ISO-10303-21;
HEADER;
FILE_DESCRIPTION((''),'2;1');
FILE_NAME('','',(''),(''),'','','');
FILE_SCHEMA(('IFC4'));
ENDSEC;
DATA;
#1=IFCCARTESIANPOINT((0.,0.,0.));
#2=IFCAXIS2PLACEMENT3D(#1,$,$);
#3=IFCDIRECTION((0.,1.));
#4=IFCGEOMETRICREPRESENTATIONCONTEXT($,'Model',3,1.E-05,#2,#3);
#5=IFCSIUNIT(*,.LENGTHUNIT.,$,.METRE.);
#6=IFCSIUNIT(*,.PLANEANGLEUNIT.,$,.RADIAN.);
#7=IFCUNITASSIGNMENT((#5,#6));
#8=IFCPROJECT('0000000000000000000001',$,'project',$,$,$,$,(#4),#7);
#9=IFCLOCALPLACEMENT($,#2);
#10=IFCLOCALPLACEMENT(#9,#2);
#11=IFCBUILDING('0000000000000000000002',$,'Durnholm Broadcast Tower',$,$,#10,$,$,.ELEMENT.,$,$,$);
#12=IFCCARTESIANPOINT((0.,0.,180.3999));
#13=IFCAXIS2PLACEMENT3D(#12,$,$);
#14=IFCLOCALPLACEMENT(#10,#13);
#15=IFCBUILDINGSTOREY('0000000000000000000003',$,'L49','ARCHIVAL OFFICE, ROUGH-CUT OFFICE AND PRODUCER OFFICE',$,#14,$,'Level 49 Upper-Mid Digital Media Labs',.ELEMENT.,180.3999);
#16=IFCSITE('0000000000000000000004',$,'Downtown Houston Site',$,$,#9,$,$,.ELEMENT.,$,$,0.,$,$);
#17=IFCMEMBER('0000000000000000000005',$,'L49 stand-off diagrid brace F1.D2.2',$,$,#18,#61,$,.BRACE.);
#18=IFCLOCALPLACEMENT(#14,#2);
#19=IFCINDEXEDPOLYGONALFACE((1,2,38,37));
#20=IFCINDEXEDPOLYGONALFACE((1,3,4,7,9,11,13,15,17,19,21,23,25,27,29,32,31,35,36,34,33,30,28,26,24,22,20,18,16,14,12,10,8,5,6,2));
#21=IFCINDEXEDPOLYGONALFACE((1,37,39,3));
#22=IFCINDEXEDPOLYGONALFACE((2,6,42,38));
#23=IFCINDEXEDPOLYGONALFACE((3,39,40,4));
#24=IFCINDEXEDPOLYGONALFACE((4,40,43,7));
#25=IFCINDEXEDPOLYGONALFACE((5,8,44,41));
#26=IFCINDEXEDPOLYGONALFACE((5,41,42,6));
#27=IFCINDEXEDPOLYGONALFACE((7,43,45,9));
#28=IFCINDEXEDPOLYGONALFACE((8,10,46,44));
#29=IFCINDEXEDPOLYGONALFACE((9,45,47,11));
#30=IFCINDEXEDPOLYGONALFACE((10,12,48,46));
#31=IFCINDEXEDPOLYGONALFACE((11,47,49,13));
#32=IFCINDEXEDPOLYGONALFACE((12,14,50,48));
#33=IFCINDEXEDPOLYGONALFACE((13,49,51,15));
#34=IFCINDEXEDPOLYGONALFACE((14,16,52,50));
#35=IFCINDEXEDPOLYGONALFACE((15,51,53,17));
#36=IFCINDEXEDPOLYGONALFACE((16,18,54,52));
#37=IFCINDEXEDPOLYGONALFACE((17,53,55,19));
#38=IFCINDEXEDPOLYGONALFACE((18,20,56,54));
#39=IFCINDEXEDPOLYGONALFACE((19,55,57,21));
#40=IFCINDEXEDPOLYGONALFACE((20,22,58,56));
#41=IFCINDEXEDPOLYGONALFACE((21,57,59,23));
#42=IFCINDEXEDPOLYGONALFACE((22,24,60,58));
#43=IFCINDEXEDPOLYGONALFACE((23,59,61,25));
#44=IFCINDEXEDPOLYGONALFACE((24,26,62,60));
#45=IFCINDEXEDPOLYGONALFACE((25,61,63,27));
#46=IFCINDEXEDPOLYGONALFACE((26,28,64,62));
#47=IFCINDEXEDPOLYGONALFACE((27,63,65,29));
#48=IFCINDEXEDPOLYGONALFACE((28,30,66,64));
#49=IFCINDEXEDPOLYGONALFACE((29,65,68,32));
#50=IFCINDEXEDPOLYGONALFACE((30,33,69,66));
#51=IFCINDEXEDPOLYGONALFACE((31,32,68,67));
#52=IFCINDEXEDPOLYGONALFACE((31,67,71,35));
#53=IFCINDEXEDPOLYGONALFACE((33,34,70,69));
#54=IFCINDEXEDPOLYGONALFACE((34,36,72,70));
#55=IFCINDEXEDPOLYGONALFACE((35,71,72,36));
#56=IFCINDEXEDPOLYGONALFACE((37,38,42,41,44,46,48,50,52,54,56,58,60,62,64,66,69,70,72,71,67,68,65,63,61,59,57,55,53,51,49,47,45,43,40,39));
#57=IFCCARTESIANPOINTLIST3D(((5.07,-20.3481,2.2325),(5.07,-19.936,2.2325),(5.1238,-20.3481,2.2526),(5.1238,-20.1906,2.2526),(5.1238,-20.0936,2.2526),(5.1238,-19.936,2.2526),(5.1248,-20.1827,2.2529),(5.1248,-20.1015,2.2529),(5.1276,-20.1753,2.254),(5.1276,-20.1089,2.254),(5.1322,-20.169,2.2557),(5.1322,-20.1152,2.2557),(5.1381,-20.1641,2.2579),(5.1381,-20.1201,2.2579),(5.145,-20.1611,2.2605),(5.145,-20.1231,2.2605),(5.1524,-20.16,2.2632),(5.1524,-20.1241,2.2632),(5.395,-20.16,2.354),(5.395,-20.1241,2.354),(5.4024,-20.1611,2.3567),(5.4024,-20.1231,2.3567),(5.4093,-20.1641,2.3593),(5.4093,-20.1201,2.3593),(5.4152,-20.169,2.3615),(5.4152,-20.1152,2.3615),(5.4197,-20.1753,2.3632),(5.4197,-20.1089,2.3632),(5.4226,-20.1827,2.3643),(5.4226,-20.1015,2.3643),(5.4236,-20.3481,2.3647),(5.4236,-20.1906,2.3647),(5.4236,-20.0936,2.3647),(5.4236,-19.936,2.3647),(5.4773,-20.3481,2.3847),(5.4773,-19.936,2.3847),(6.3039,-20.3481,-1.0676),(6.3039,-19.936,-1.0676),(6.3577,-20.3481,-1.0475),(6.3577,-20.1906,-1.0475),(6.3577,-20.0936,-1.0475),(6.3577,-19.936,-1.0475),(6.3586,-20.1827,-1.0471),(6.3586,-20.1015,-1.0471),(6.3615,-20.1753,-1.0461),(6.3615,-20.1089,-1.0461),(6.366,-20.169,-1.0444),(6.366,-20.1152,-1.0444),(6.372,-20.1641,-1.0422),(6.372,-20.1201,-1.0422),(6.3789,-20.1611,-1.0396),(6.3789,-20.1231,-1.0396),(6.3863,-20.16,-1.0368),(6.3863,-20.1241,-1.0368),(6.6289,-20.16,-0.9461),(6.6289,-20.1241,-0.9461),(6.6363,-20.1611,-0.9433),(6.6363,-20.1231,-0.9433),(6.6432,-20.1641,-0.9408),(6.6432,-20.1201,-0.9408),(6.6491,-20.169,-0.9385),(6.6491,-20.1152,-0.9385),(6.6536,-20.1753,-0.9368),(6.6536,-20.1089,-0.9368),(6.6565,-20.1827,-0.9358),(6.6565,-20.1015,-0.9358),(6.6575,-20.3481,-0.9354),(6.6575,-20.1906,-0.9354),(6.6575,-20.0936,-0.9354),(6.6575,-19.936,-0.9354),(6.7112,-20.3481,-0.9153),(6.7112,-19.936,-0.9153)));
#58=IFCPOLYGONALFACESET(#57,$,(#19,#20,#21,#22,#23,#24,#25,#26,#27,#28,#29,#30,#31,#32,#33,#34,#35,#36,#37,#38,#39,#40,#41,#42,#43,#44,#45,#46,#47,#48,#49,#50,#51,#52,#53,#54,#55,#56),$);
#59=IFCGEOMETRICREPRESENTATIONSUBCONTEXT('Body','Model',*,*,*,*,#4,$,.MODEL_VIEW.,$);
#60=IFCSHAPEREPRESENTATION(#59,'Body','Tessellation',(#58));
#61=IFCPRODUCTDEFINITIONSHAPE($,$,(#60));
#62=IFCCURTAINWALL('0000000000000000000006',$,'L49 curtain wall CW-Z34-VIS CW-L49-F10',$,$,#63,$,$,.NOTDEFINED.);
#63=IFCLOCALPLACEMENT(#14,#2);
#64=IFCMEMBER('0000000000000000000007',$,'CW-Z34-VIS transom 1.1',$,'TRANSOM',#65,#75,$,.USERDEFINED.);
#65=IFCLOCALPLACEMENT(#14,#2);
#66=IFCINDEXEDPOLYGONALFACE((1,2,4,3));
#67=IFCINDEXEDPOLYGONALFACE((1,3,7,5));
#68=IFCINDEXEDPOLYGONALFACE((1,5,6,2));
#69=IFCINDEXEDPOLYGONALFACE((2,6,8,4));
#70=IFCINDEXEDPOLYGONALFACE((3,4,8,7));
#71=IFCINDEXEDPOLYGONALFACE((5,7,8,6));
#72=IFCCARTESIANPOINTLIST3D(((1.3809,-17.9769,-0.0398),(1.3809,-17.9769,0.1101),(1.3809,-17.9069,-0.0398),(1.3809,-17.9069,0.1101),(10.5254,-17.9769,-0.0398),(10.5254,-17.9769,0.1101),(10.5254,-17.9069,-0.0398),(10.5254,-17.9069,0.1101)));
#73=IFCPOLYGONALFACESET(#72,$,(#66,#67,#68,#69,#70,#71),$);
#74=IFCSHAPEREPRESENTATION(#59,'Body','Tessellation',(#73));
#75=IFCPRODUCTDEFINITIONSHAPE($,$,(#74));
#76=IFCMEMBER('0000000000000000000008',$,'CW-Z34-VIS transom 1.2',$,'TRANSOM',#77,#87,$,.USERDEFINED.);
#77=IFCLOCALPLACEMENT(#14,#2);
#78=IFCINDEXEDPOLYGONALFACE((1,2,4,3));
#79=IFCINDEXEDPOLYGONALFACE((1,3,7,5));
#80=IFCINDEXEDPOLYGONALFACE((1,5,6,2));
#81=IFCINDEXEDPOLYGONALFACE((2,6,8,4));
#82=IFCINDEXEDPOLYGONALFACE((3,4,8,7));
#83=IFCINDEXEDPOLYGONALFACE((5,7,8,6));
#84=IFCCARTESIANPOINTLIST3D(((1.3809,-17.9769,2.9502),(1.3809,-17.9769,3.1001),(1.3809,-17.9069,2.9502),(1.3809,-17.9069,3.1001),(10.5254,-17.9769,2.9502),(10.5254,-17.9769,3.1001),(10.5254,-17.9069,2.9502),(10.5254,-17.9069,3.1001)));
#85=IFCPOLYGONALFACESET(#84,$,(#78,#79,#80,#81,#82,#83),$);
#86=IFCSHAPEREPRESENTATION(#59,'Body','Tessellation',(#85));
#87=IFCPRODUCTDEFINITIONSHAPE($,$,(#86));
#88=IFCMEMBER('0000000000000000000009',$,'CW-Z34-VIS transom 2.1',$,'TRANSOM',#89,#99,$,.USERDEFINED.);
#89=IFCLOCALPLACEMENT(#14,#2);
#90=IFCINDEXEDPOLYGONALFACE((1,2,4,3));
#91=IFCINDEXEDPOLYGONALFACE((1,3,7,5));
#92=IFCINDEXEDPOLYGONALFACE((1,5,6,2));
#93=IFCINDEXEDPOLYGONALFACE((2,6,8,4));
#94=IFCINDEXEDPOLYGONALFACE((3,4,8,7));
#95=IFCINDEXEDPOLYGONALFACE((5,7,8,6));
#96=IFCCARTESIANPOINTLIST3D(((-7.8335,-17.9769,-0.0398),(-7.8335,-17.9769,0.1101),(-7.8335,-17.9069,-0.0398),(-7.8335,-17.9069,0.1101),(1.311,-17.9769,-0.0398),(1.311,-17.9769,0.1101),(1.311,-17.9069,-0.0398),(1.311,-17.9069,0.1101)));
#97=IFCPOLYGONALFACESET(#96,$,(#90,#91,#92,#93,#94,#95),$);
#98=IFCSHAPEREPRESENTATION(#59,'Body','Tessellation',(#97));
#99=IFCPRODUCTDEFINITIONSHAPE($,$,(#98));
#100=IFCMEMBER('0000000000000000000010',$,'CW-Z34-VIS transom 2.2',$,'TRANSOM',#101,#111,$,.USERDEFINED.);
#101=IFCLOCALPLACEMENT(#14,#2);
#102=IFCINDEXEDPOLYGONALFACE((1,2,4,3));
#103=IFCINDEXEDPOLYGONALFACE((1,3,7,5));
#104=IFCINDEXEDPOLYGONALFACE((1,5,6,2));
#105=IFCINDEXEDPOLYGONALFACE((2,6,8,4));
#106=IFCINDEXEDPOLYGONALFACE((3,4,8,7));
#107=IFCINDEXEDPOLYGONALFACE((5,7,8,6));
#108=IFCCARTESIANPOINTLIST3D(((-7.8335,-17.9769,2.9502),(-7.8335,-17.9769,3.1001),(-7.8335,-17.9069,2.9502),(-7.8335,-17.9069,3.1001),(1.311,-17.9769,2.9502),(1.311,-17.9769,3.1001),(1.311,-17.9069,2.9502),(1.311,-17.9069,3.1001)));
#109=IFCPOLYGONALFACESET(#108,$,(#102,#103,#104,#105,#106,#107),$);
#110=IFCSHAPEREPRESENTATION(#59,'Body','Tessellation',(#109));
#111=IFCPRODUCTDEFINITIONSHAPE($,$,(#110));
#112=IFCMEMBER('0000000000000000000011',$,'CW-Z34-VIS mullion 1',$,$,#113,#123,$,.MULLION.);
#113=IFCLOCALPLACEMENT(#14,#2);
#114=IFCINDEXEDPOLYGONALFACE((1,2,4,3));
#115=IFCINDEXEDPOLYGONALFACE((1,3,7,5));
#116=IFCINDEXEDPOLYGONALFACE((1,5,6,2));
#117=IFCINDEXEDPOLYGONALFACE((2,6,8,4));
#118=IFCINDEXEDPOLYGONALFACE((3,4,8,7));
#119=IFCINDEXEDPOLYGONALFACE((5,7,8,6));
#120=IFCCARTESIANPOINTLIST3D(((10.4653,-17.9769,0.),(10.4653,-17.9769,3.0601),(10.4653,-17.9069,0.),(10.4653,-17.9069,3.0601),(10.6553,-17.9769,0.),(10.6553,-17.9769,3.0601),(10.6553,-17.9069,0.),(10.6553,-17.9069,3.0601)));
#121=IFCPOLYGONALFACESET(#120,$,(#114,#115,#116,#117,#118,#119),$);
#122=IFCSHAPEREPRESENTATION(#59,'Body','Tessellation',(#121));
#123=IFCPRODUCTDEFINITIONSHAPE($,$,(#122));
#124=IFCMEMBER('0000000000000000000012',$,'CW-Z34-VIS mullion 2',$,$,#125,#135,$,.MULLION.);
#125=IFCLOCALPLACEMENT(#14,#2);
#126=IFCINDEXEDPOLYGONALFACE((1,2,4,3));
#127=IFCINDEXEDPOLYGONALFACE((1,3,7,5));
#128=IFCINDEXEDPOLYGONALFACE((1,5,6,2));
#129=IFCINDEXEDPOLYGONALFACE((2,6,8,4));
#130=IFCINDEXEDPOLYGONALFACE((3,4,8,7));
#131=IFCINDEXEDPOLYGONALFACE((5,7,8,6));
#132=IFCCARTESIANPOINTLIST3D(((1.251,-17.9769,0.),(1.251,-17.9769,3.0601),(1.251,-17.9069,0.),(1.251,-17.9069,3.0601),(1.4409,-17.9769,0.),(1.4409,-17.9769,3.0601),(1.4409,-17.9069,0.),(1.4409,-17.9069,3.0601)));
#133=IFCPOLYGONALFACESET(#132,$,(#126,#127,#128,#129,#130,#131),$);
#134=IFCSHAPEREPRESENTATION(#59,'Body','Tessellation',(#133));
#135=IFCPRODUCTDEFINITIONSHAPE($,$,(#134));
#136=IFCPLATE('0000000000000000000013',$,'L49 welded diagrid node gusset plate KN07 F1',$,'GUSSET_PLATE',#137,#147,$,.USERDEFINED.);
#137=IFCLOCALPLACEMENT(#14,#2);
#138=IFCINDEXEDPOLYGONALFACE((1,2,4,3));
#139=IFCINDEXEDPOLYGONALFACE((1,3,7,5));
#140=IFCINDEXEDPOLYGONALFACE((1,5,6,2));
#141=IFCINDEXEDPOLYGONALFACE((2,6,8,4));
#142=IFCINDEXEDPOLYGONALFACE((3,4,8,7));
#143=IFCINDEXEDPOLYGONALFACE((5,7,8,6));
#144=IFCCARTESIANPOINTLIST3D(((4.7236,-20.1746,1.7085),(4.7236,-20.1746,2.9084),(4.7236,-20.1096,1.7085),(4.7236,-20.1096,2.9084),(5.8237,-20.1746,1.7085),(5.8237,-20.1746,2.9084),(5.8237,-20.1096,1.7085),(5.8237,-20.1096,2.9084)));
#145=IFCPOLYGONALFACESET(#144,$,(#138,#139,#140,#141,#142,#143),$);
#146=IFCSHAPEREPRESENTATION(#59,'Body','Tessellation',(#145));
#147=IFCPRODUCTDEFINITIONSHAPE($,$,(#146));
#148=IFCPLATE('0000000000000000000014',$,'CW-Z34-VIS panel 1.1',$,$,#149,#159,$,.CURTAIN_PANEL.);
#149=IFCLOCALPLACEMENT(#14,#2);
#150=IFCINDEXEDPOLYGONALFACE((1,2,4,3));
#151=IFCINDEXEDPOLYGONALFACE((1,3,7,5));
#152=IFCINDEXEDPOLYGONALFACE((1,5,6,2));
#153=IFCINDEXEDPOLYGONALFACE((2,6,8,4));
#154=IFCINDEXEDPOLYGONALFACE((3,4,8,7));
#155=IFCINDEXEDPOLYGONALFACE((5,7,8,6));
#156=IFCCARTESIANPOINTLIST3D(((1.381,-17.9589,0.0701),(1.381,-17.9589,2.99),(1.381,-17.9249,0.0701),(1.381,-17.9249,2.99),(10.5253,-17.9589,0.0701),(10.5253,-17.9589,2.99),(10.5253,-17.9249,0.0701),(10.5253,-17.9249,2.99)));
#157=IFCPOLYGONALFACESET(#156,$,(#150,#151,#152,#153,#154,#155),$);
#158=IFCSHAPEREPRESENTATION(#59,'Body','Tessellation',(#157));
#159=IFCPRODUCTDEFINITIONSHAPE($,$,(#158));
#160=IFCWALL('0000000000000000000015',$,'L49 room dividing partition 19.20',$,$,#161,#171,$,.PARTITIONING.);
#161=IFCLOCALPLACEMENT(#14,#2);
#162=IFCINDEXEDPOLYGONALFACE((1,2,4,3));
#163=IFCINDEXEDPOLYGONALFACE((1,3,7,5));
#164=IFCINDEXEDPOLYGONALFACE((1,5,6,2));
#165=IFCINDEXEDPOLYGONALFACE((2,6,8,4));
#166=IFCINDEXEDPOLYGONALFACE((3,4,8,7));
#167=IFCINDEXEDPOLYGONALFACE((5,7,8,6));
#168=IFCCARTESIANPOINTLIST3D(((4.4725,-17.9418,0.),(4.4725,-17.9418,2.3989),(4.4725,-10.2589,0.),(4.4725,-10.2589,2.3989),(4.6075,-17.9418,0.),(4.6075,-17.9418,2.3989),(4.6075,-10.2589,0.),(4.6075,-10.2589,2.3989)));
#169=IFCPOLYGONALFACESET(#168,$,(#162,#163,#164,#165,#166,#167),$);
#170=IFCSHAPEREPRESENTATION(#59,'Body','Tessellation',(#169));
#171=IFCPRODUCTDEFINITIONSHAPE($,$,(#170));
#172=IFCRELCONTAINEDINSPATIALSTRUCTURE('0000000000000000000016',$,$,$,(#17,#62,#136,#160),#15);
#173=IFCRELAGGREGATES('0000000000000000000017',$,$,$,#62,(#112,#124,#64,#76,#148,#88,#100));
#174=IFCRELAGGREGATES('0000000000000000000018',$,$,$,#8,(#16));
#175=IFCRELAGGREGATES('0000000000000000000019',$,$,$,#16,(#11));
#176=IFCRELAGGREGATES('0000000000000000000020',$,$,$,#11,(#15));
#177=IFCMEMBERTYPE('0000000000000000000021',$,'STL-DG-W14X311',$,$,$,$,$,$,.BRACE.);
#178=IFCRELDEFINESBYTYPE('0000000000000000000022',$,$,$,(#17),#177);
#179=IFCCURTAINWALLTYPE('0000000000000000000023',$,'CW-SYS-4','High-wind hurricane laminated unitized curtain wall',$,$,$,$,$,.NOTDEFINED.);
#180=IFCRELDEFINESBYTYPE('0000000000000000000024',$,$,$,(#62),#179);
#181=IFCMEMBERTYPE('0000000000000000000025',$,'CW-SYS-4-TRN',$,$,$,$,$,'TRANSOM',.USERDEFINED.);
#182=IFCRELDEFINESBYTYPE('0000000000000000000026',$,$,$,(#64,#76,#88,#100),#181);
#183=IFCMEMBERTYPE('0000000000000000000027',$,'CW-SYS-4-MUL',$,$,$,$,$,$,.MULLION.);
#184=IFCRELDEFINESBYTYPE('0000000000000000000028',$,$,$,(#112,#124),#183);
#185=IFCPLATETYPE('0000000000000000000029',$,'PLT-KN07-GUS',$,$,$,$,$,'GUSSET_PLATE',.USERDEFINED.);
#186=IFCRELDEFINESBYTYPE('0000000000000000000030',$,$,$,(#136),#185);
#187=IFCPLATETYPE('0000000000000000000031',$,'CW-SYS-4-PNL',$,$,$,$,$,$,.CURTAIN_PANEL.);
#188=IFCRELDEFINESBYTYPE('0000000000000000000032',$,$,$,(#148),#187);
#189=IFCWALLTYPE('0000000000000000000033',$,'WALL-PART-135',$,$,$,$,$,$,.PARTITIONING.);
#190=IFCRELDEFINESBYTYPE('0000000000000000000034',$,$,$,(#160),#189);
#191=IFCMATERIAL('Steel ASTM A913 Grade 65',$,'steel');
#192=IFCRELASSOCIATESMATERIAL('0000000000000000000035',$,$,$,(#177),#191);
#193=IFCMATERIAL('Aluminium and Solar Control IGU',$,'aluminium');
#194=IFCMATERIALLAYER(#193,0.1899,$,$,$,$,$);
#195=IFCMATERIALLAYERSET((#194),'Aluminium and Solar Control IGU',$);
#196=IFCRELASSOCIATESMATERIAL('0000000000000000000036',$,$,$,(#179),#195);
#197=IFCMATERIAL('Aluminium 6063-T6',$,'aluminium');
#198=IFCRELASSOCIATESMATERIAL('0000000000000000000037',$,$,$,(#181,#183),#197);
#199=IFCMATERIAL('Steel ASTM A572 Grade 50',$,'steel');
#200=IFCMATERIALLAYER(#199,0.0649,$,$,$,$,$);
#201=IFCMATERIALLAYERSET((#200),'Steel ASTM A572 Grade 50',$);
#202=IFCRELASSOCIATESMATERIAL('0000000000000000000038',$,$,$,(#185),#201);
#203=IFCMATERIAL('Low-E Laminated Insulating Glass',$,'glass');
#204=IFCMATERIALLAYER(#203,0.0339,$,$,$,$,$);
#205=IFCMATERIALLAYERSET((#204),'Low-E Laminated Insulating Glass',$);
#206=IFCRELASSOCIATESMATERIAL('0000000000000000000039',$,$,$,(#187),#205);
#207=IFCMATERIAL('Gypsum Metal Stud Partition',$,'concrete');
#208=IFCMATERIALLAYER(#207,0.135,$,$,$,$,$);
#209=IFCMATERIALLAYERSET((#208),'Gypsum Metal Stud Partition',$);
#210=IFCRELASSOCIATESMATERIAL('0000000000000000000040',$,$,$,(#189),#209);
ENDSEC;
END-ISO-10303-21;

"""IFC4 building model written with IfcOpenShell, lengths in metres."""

from ifc_helpers import new_model, si_unit, direction, frame, frame_2d, origin, origin_2d, place, context, subcontext, project, spatial, rectangle, i_section, extrude, source, transform, mapped, material, layer, layer_set, material_profile, profile_set, type_object, type_shapes, element, aggregate, save


model = new_model("IFC4")

# Units and contexts
model_context = context("Model", 3, precision=1e-05, world=origin(), true_north=direction((0.0, 1.0)))
body_context = subcontext(model_context, "Body", "Model", "MODEL_VIEW")
ifc_project = project(units=[si_unit("LENGTHUNIT", "METRE"), si_unit("PLANEANGLEUNIT", "RADIAN")], contexts=[model_context])

# Site, building, storey
site_placement = place(None, origin())
site = spatial("IfcSite", under=ifc_project, at=site_placement, Name="Downtown Houston Site", CompositionType="ELEMENT", RefElevation=0.0)
building_placement = place(site_placement, origin())
building = spatial("IfcBuilding", under=site, at=building_placement, Name="Durnholm Broadcast Tower", CompositionType="ELEMENT")
storey_placement = place(building_placement, frame((0.0, 0.0, 180.3999)))
storey = spatial("IfcBuildingStorey", under=building, at=storey_placement, Name="L49", Description="ARCHIVAL OFFICE, ROUGH-CUT OFFICE AND PRODUCER OFFICE", LongName="Level 49 Upper-Mid Digital Media Labs", CompositionType="ELEMENT", Elevation=180.3999)

# Member
ifc_material_1 = material(Name="Steel ASTM A913 Grade 65", Category="steel")
ifc_material_profile_1 = material_profile(ifc_material_1, i_section(OverallWidth=0.4121, OverallDepth=0.4348, WebThickness=0.0359, FlangeThickness=0.0574, FilletRadius=0.0305, at=origin_2d()), Name="W14X311")
ifc_profile_set_1 = profile_set([ifc_material_profile_1], Name="Steel ASTM A913 Grade 65")
member_type_1 = type_object("IfcMemberType", Name="STL-DG-W14X311", PredefinedType="BRACE", material=ifc_profile_set_1)
shared_shape_1 = source(origin(), body_context, "Body", "SweptSolid", [
    extrude(i_section(OverallWidth=0.4121, OverallDepth=0.4348, WebThickness=0.0359, FlangeThickness=0.0574, FilletRadius=0.0305, at=origin_2d()), origin(), (0.0, 0.0, 1.0), 3.5232),
])
type_shapes(member_type_1, [shared_shape_1])
for number, where, z_axis, x_axis, name in (
    (1, (6.5076, -20.1421, -0.9915), (-0.35022, 0.0, 0.936668), (0.0, -1.0, 0.0), "L49 stand-off diagrid brace F1.D2.2"),
):
    element("IfcMember", number, at=place(storey_placement, frame(where, z_axis=z_axis, x_axis=x_axis)), inside=storey, type_object=member_type_1, Name=name, PredefinedType="BRACE", context=body_context, shape_type="MappedRepresentation", body=[
        mapped(shared_shape_1, transform((0.0, 0.0, 0.0), x_axis=(1.0, 0.0, 0.0), y_axis=(0.0, 1.0, 0.0), z_axis=(0.0, 0.0, 1.0), scale=1.0)),
    ])

# Curtain wall, members
ifc_material_2 = material(Name="Aluminium and Solar Control IGU", Category="aluminium")
ifc_layer_1 = layer(ifc_material_2, 0.1899)
ifc_layer_set_1 = layer_set([ifc_layer_1], Name="Aluminium and Solar Control IGU")
curtain_wall_type = type_object("IfcCurtainWallType", Name="CW-SYS-4", Description="High-wind hurricane laminated unitized curtain wall", PredefinedType="NOTDEFINED", material=ifc_layer_set_1)
curtain_wall_placement = place(storey_placement, origin())
curtain_wall = element("IfcCurtainWall", 2, at=curtain_wall_placement, inside=storey, type_object=curtain_wall_type, Name="L49 curtain wall CW-Z34-VIS CW-L49-F10", PredefinedType="NOTDEFINED")
ifc_material_3 = material(Name="Aluminium 6063-T6", Category="aluminium")
ifc_material_profile_2 = material_profile(ifc_material_3, rectangle(XDim=0.0701, YDim=0.1499, at=origin_2d()), Name="CWT70X150")
ifc_profile_set_2 = profile_set([ifc_material_profile_2], Name="Aluminium 6063-T6")
member_type_2 = type_object("IfcMemberType", Name="CW-SYS-4-TRN", ElementType="TRANSOM", PredefinedType="USERDEFINED", material=ifc_profile_set_2)
shared_shape_2 = source(origin(), body_context, "Body", "SweptSolid", [
    extrude(rectangle(XDim=0.0701, YDim=0.1499, at=origin_2d()), origin(), (0.0, 0.0, 1.0), 9.1445),
])
type_shapes(member_type_2, [shared_shape_2])
member_1_placement = place(storey_placement, frame((10.5254, -17.9419, 0.0352), z_axis=(-1.0, 0.0, 0.0), x_axis=(0.0, -1.0, 0.0)))
member_1 = element("IfcMember", 3, at=member_1_placement, type_object=member_type_2, Name="CW-Z34-VIS transom 1.1", ObjectType="TRANSOM", PredefinedType="USERDEFINED", context=body_context, shape_type="MappedRepresentation", body=[
    mapped(shared_shape_2, transform((0.0, 0.0, 0.0), x_axis=(1.0, 0.0, 0.0), y_axis=(0.0, 1.0, 0.0), z_axis=(0.0, 0.0, 1.0), scale=1.0)),
])
member_2_placement = place(storey_placement, frame((10.5254, -17.9419, 3.0251), z_axis=(-1.0, 0.0, 0.0), x_axis=(0.0, -1.0, 0.0)))
member_2 = element("IfcMember", 4, at=member_2_placement, type_object=member_type_2, Name="CW-Z34-VIS transom 1.2", ObjectType="TRANSOM", PredefinedType="USERDEFINED", context=body_context, shape_type="MappedRepresentation", body=[
    mapped(shared_shape_2, transform((0.0, 0.0, 0.0), x_axis=(1.0, 0.0, 0.0), y_axis=(0.0, 1.0, 0.0), z_axis=(0.0, 0.0, 1.0), scale=1.0)),
])
member_3_placement = place(storey_placement, frame((1.311, -17.9419, 0.0352), z_axis=(-1.0, 0.0, 0.0), x_axis=(0.0, -1.0, 0.0)))
member_3 = element("IfcMember", 5, at=member_3_placement, type_object=member_type_2, Name="CW-Z34-VIS transom 2.1", ObjectType="TRANSOM", PredefinedType="USERDEFINED", context=body_context, shape_type="MappedRepresentation", body=[
    mapped(shared_shape_2, transform((0.0, 0.0, 0.0), x_axis=(1.0, 0.0, 0.0), y_axis=(0.0, 1.0, 0.0), z_axis=(0.0, 0.0, 1.0), scale=1.0)),
])
member_4_placement = place(storey_placement, frame((1.311, -17.9419, 3.0251), z_axis=(-1.0, 0.0, 0.0), x_axis=(0.0, -1.0, 0.0)))
member_4 = element("IfcMember", 6, at=member_4_placement, type_object=member_type_2, Name="CW-Z34-VIS transom 2.2", ObjectType="TRANSOM", PredefinedType="USERDEFINED", context=body_context, shape_type="MappedRepresentation", body=[
    mapped(shared_shape_2, transform((0.0, 0.0, 0.0), x_axis=(1.0, 0.0, 0.0), y_axis=(0.0, 1.0, 0.0), z_axis=(0.0, 0.0, 1.0), scale=1.0)),
])
ifc_material_profile_3 = material_profile(ifc_material_3, rectangle(XDim=0.0701, YDim=0.1899, at=origin_2d()), Name="CWM70X190")
ifc_profile_set_3 = profile_set([ifc_material_profile_3], Name="Aluminium 6063-T6")
member_type_3 = type_object("IfcMemberType", Name="CW-SYS-4-MUL", PredefinedType="MULLION", material=ifc_profile_set_3)
shared_shape_3 = source(origin(), body_context, "Body", "SweptSolid", [
    extrude(rectangle(XDim=0.0701, YDim=0.1899, at=origin_2d()), origin(), (0.0, 0.0, 1.0), 3.0601),
])
type_shapes(member_type_3, [shared_shape_3])
member_5_placement = place(storey_placement, frame((10.5603, -17.9419, 0.0), z_axis=(0.0, 0.0, 1.0), x_axis=(0.0, -1.0, 0.0)))
member_5 = element("IfcMember", 7, at=member_5_placement, type_object=member_type_3, Name="CW-Z34-VIS mullion 1", PredefinedType="MULLION", context=body_context, shape_type="MappedRepresentation", body=[
    mapped(shared_shape_3, transform((0.0, 0.0, 0.0), x_axis=(1.0, 0.0, 0.0), y_axis=(0.0, 1.0, 0.0), z_axis=(0.0, 0.0, 1.0), scale=1.0)),
])
member_6_placement = place(storey_placement, frame((1.3459, -17.9419, 0.0), z_axis=(0.0, 0.0, 1.0), x_axis=(0.0, -1.0, 0.0)))
member_6 = element("IfcMember", 8, at=member_6_placement, type_object=member_type_3, Name="CW-Z34-VIS mullion 2", PredefinedType="MULLION", context=body_context, shape_type="MappedRepresentation", body=[
    mapped(shared_shape_3, transform((0.0, 0.0, 0.0), x_axis=(1.0, 0.0, 0.0), y_axis=(0.0, 1.0, 0.0), z_axis=(0.0, 0.0, 1.0), scale=1.0)),
])

# Plates
ifc_material_4 = material(Name="Steel ASTM A572 Grade 50", Category="steel")
ifc_layer_2 = layer(ifc_material_4, 0.0649)
ifc_layer_set_2 = layer_set([ifc_layer_2], Name="Steel ASTM A572 Grade 50")
plate_type_1 = type_object("IfcPlateType", Name="PLT-KN07-GUS", ElementType="GUSSET_PLATE", PredefinedType="USERDEFINED", material=ifc_layer_set_2)
shared_shape_4 = source(origin(), body_context, "Body", "SweptSolid", [
    extrude(rectangle(XDim=1.1001, YDim=0.0649, at=origin_2d()), origin(), (0.0, 0.0, 1.0), 1.2),
])
type_shapes(plate_type_1, [shared_shape_4])
plate_1_placement = place(storey_placement, frame((5.2737, -20.1421, 1.7085), z_axis=(0.0, 0.0, 1.0), x_axis=(1.0, 0.0, 0.0)))
element("IfcPlate", 9, at=plate_1_placement, inside=storey, type_object=plate_type_1, Name="L49 welded diagrid node gusset plate KN07 F1", ObjectType="GUSSET_PLATE", PredefinedType="USERDEFINED", context=body_context, shape_type="MappedRepresentation", body=[
    mapped(shared_shape_4, transform((0.0, 0.0, 0.0), x_axis=(1.0, 0.0, 0.0), y_axis=(0.0, 1.0, 0.0), z_axis=(0.0, 0.0, 1.0), scale=1.0)),
])
ifc_material_5 = material(Name="Low-E Laminated Insulating Glass", Category="glass")
ifc_layer_3 = layer(ifc_material_5, 0.0339)
ifc_layer_set_3 = layer_set([ifc_layer_3], Name="Low-E Laminated Insulating Glass")
plate_type_2 = type_object("IfcPlateType", Name="CW-SYS-4-PNL", PredefinedType="CURTAIN_PANEL", material=ifc_layer_set_3)
shared_shape_5 = source(origin(), body_context, "Body", "SweptSolid", [
    extrude(rectangle(XDim=9.1443, YDim=0.0339, at=origin_2d()), origin(), (0.0, 0.0, 1.0), 2.9199),
])
type_shapes(plate_type_2, [shared_shape_5])
plate_2_placement = place(storey_placement, frame((5.9531, -17.9419, 0.0701), z_axis=(0.0, 0.0, 1.0), x_axis=(-1.0, 0.0, 0.0)))
plate_2 = element("IfcPlate", 10, at=plate_2_placement, type_object=plate_type_2, Name="CW-Z34-VIS panel 1.1", PredefinedType="CURTAIN_PANEL", context=body_context, shape_type="MappedRepresentation", body=[
    mapped(shared_shape_5, transform((0.0, 0.0, 0.0), x_axis=(1.0, 0.0, 0.0), y_axis=(0.0, 1.0, 0.0), z_axis=(0.0, 0.0, 1.0), scale=1.0)),
])
aggregate(curtain_wall, [member_5, member_6, member_1, member_2, plate_2, member_3, member_4])

# Wall
ifc_material_6 = material(Name="Gypsum Metal Stud Partition", Category="concrete")
ifc_layer_4 = layer(ifc_material_6, 0.135)
ifc_layer_set_4 = layer_set([ifc_layer_4], Name="Gypsum Metal Stud Partition")
wall_type_1 = type_object("IfcWallType", Name="WALL-PART-135", PredefinedType="PARTITIONING", material=ifc_layer_set_4)
wall_1_placement = place(storey_placement, frame((4.54, -10.259, 0.0), z_axis=(0.0, 0.0, 1.0), x_axis=(0.0, -1.0, 0.0)))
element("IfcWall", 11, at=wall_1_placement, inside=storey, type_object=wall_type_1, Name="L49 room dividing partition 19.20", PredefinedType="PARTITIONING", context=body_context, shape_type="SweptSolid", body=[
    extrude(rectangle(XDim=7.6829, YDim=0.135, at=frame_2d((3.8413, 0.0))), origin(), (0.0, 0.0, 1.0), 2.3989),
])

save(model, "model.ifc")
